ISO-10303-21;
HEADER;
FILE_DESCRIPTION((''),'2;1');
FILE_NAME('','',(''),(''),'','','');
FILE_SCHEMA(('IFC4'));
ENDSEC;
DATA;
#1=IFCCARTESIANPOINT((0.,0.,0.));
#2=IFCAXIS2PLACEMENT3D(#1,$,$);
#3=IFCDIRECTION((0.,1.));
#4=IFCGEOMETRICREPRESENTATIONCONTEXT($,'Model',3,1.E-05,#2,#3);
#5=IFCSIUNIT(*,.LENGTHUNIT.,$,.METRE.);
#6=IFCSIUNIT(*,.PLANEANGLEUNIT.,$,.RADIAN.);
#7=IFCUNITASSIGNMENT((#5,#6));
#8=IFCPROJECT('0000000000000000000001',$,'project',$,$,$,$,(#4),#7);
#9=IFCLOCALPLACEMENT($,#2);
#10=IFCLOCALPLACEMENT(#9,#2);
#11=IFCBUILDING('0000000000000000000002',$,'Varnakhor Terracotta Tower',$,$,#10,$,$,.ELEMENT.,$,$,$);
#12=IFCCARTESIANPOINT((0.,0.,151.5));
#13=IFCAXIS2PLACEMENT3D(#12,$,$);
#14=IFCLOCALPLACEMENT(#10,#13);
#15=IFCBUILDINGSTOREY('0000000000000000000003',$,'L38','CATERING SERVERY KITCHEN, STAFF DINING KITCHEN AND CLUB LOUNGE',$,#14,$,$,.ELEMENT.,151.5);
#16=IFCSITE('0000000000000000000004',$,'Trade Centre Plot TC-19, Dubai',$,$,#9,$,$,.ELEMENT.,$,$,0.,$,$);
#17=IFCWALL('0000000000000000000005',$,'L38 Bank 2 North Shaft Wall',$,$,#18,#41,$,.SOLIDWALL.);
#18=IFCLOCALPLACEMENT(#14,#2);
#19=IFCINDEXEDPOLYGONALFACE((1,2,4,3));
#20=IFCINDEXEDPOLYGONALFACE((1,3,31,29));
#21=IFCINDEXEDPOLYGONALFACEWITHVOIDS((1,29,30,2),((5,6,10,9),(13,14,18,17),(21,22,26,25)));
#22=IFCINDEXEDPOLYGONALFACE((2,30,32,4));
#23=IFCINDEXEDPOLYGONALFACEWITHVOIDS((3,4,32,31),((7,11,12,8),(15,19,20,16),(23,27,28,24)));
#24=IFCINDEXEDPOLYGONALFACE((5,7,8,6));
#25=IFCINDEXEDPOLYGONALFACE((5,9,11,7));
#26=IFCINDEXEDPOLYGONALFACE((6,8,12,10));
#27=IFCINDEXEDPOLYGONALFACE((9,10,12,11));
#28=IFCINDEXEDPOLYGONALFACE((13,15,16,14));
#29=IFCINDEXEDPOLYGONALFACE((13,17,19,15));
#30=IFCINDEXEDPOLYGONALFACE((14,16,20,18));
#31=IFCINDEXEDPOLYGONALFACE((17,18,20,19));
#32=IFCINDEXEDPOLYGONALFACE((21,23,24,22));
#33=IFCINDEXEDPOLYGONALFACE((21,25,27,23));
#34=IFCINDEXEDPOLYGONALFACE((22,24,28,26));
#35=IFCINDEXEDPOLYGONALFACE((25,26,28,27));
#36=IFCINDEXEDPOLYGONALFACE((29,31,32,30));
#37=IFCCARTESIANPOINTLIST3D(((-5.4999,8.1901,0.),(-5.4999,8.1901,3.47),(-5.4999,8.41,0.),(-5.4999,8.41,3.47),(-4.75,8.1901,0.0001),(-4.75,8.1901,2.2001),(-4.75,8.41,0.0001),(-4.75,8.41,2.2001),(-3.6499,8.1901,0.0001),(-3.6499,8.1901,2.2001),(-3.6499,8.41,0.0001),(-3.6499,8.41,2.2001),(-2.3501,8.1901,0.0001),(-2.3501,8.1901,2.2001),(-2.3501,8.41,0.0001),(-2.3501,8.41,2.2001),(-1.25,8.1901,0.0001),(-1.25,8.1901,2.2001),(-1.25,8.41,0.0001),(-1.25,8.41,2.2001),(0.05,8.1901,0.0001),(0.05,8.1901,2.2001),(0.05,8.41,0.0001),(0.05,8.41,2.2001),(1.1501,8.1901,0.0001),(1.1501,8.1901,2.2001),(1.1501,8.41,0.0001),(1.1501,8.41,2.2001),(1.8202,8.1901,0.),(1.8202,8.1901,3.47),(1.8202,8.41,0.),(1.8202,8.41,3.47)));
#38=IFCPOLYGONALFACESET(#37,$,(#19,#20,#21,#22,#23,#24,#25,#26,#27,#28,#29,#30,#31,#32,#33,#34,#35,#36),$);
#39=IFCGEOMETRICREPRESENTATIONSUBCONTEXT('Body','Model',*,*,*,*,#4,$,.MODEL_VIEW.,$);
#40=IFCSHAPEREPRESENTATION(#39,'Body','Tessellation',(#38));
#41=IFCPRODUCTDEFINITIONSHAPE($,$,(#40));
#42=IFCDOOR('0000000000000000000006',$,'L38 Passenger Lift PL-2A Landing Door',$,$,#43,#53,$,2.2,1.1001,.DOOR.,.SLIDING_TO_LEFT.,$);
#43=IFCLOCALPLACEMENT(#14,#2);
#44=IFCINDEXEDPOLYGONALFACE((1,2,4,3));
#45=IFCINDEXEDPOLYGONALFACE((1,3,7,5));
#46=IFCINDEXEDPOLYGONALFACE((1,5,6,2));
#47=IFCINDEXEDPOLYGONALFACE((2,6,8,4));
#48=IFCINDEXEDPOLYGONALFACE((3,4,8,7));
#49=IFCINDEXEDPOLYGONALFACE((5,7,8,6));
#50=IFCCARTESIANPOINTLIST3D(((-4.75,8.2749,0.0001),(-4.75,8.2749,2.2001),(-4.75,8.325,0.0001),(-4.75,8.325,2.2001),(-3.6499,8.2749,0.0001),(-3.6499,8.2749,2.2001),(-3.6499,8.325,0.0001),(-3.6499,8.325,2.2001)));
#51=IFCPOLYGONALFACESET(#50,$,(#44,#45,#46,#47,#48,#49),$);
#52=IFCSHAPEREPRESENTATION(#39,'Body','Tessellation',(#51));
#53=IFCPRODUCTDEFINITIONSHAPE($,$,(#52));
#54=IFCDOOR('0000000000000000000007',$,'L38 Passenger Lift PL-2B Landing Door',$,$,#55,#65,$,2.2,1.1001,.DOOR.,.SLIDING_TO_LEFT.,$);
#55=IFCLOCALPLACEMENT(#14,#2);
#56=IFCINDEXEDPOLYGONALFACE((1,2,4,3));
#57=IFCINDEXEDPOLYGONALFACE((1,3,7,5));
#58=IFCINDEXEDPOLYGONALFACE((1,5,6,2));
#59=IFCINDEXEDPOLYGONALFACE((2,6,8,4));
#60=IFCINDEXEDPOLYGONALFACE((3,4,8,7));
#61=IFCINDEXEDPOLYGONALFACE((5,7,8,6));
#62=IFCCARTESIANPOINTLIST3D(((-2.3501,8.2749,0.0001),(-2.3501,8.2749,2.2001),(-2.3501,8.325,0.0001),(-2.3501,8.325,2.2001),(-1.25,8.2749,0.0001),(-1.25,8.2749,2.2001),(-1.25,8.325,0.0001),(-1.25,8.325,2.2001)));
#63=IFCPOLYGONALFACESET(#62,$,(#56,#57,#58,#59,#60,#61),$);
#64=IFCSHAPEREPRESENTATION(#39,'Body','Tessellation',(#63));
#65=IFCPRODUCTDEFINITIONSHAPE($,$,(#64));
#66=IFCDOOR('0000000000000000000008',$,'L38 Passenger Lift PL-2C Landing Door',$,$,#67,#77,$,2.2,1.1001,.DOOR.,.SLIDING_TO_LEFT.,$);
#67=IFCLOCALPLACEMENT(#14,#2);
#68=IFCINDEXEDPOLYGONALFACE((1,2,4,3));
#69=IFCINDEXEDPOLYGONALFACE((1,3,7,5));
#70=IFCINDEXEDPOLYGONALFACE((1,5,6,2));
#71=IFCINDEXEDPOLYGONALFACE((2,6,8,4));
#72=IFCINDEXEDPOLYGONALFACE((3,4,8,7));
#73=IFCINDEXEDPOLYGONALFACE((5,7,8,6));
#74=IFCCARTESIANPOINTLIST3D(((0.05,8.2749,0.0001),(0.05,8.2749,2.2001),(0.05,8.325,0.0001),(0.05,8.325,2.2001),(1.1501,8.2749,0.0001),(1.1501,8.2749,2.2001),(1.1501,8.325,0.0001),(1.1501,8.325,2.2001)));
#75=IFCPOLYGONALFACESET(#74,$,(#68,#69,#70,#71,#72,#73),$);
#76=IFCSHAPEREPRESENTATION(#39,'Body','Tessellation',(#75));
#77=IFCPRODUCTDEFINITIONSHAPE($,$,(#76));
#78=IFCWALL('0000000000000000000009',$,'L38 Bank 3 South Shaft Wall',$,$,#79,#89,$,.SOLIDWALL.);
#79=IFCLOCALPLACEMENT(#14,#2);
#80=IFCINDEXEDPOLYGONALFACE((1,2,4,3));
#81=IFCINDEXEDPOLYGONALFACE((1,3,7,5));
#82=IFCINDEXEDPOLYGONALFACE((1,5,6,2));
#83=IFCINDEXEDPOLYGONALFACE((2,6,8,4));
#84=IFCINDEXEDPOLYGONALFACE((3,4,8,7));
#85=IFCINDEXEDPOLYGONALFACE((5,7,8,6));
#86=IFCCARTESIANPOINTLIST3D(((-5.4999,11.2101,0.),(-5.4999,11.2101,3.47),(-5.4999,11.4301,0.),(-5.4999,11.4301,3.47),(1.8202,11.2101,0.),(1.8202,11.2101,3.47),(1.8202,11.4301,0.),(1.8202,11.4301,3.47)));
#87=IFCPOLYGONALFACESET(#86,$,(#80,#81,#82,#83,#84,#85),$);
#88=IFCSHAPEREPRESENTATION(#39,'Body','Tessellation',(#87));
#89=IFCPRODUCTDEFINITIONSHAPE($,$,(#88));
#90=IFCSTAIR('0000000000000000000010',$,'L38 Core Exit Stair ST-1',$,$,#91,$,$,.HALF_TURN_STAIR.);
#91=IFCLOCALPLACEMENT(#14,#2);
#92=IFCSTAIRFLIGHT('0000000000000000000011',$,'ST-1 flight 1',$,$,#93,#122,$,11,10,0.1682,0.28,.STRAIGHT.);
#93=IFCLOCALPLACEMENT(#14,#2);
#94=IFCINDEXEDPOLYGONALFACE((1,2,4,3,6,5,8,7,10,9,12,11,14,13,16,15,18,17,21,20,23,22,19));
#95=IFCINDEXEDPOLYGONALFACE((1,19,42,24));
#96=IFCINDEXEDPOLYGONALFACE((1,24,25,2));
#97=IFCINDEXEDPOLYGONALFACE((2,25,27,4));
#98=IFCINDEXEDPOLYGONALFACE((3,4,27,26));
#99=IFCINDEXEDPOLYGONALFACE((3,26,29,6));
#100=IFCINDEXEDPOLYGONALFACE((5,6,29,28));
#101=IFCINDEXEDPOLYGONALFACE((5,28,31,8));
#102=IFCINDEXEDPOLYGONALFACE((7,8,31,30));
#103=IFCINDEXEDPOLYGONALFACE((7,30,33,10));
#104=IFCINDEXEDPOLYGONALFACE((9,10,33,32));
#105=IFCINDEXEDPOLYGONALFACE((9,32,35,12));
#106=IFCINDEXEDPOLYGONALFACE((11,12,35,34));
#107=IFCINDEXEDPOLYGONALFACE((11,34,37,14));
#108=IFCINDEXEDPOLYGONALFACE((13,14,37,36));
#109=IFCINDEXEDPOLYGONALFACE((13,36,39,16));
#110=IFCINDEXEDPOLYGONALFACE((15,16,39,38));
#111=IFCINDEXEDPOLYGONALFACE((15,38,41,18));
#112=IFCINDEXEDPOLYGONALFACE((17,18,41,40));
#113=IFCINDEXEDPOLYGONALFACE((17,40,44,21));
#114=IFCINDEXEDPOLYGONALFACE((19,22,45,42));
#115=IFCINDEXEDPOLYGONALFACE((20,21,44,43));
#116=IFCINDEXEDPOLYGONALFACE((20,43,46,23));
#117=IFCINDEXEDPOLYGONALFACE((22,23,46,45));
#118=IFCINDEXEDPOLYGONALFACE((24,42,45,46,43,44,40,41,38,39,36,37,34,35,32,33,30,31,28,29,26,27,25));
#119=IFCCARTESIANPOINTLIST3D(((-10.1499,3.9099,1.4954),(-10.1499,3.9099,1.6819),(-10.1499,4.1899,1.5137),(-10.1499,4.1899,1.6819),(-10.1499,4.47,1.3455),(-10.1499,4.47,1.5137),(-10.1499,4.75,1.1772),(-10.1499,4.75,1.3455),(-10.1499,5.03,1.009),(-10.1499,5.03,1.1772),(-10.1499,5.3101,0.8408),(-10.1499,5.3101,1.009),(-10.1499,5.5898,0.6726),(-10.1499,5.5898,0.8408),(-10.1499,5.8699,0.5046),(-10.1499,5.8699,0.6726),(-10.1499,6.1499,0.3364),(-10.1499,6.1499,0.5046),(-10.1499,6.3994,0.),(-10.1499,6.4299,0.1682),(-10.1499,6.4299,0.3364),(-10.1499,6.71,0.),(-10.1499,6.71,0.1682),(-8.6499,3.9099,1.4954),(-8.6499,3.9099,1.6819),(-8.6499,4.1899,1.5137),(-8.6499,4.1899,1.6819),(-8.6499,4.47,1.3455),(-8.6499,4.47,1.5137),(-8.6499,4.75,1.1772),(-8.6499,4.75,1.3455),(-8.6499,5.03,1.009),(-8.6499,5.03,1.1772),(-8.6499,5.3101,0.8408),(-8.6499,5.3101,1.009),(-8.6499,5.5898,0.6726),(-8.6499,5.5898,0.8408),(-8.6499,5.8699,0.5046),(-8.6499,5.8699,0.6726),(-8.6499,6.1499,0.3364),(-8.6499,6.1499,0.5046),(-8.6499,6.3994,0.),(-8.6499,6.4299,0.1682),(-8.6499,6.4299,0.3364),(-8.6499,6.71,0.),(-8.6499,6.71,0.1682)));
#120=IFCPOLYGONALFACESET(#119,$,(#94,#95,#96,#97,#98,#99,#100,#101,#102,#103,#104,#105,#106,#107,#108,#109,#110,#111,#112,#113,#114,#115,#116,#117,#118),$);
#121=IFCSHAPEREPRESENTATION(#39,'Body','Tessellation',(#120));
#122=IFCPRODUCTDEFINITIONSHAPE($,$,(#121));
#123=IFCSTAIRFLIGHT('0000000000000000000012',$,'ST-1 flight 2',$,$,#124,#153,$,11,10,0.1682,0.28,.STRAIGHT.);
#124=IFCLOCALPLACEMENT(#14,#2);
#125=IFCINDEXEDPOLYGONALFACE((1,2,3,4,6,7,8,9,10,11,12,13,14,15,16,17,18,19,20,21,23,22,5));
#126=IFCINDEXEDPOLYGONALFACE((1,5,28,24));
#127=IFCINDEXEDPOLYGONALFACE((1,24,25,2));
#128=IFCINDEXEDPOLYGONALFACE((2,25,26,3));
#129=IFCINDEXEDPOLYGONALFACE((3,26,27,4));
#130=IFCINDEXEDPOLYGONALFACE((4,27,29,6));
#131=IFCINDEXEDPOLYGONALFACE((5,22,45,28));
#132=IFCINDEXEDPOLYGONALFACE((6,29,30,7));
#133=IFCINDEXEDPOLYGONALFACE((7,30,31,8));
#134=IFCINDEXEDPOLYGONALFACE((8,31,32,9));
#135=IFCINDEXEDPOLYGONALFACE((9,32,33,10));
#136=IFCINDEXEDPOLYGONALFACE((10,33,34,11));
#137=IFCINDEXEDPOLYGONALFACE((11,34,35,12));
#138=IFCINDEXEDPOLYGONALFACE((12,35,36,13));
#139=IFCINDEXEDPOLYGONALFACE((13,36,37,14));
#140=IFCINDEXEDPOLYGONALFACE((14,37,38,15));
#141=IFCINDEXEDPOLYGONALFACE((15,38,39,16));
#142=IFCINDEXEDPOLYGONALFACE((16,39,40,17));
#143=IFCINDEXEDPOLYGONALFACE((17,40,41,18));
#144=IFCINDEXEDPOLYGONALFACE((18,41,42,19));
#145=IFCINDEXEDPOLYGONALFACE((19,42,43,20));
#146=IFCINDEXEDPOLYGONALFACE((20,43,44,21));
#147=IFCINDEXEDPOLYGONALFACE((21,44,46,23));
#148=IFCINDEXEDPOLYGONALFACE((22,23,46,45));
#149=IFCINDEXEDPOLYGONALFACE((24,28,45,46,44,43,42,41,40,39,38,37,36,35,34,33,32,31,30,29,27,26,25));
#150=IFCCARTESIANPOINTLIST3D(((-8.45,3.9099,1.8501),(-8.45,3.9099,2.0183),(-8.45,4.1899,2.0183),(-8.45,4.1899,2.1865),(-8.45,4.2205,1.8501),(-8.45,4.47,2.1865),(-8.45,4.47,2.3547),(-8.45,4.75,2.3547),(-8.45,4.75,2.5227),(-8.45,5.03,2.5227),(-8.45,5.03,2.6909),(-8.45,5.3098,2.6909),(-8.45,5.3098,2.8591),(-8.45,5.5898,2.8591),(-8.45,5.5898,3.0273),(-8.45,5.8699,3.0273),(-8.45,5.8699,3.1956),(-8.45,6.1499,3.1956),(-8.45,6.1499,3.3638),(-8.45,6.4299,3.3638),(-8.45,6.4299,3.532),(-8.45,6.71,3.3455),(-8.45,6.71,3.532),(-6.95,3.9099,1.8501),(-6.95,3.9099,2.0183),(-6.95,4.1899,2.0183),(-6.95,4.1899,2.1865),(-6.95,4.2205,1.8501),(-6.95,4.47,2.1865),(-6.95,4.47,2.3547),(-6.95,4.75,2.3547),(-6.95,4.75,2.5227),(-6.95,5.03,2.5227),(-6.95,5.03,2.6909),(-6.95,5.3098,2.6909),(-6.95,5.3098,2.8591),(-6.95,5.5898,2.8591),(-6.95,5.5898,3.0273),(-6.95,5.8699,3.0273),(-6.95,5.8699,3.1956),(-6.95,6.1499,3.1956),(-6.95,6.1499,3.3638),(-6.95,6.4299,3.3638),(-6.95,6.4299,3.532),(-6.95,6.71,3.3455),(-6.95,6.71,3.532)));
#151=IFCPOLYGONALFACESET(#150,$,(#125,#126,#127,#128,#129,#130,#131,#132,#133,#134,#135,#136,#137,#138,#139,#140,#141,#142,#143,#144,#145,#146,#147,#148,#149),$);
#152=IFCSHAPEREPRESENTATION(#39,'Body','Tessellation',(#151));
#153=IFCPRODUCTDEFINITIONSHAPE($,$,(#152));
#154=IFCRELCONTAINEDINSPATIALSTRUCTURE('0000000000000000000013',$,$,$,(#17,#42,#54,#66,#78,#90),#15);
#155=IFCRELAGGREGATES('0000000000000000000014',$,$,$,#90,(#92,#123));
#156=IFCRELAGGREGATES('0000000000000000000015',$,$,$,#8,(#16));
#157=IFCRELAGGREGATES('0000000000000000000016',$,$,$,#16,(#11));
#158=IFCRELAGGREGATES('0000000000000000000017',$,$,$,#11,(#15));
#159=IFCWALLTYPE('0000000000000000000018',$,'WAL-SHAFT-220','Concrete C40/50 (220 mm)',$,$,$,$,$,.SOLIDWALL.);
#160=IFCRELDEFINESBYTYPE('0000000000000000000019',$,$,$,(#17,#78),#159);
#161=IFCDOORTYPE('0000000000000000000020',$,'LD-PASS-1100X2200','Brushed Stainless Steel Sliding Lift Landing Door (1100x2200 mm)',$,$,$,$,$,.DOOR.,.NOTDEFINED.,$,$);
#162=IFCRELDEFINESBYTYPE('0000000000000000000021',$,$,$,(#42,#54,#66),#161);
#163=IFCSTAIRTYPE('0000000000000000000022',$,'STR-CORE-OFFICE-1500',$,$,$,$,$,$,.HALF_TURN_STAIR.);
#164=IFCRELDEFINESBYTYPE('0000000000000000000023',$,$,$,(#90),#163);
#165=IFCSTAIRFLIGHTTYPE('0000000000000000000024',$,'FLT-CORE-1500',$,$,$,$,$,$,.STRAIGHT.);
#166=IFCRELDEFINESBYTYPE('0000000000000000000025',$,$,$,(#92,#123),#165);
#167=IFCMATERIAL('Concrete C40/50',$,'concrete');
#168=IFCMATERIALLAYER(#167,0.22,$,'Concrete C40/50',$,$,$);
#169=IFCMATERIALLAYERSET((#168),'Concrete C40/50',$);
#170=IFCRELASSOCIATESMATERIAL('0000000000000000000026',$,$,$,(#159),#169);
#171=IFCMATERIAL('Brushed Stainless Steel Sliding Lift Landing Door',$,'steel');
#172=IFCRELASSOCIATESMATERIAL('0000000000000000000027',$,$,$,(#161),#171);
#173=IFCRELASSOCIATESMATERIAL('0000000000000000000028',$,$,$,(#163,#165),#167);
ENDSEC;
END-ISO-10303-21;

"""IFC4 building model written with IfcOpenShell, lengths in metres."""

from ifc_helpers import new_model, si_unit, direction, frame, frame_2d, origin, place, context, subcontext, project, spatial, polyline, rectangle, outline, extrude, source, transform, mapped, material, layer, layer_set, type_object, type_shapes, element, fill, aggregate, save


model = new_model("IFC4")

# Units and contexts
model_context = context("Model", 3, precision=1e-05, world=origin(), true_north=direction((0.0, 1.0)))
body_context = subcontext(model_context, "Body", "Model", "MODEL_VIEW")
ifc_project = project(units=[si_unit("LENGTHUNIT", "METRE"), si_unit("PLANEANGLEUNIT", "RADIAN")], contexts=[model_context])

# Site, building, storey
site_placement = place(None, origin())
site = spatial("IfcSite", under=ifc_project, at=site_placement, Name="Trade Centre Plot TC-19, Dubai", CompositionType="ELEMENT", RefElevation=0.0)
building_placement = place(site_placement, origin())
building = spatial("IfcBuilding", under=site, at=building_placement, Name="Varnakhor Terracotta Tower", CompositionType="ELEMENT")
storey_placement = place(building_placement, frame((0.0, 0.0, 151.5)))
storey = spatial("IfcBuildingStorey", under=building, at=storey_placement, Name="L38", Description="CATERING SERVERY KITCHEN, STAFF DINING KITCHEN AND CLUB LOUNGE", CompositionType="ELEMENT", Elevation=151.5)

# Shared definitions
ifc_material_1 = material(Name="Concrete C40/50", Category="concrete")

# Shared definitions
ifc_layer_1 = layer(ifc_material_1, 0.22, Name="Concrete C40/50")
ifc_layer_set_1 = layer_set([ifc_layer_1], Name="Concrete C40/50")
wall_type_1 = type_object("IfcWallType", Name="WAL-SHAFT-220", Description="Concrete C40/50 (220 mm)", PredefinedType="SOLIDWALL", material=ifc_layer_set_1)

# Wall, openings, doors
wall_1_placement = place(storey_placement, frame((-5.5, 8.3, 0.0), z_axis=(0.0, 0.0, 1.0), x_axis=(1.0, 0.0, 0.0)))
wall_1 = element("IfcWall", 1, at=wall_1_placement, inside=storey, type_object=wall_type_1, Name="L38 Bank 2 North Shaft Wall", PredefinedType="SOLIDWALL", context=body_context, shape_type="SweptSolid", body=[
    extrude(rectangle(XDim=7.3201, YDim=0.22, at=frame_2d((3.6602, 0.0))), origin(), (0.0, 0.0, 1.0), 3.47),
])
opening_1_placement = place(wall_1_placement, frame((0.75, 0.0, 0.0)))
opening_1 = element("IfcOpeningElement", 2, at=opening_1_placement, cuts=wall_1, PredefinedType="OPENING", context=body_context, shape_type="SweptSolid", body=[
    extrude(rectangle(XDim=1.1001, YDim=2.2, at=frame_2d((0.55, 1.1001))), frame((0.0, 0.1201, 0.0), z_axis=(0.0, -1.0, 0.0), x_axis=(1.0, 0.0, 0.0)), (0.0, 0.0, 1.0), 0.24),
])
opening_2_placement = place(wall_1_placement, frame((3.1499, 0.0, 0.0)))
opening_2 = element("IfcOpeningElement", 3, at=opening_2_placement, cuts=wall_1, PredefinedType="OPENING", context=body_context, shape_type="SweptSolid", body=[
    extrude(rectangle(XDim=1.1001, YDim=2.2, at=frame_2d((0.55, 1.1001))), frame((0.0, 0.1201, 0.0), z_axis=(0.0, -1.0, 0.0), x_axis=(1.0, 0.0, 0.0)), (0.0, 0.0, 1.0), 0.24),
])
opening_3_placement = place(wall_1_placement, frame((5.55, 0.0, 0.0)))
opening_3 = element("IfcOpeningElement", 4, at=opening_3_placement, cuts=wall_1, PredefinedType="OPENING", context=body_context, shape_type="SweptSolid", body=[
    extrude(rectangle(XDim=1.1001, YDim=2.2, at=frame_2d((0.55, 1.1001))), frame((0.0, 0.1201, 0.0), z_axis=(0.0, -1.0, 0.0), x_axis=(1.0, 0.0, 0.0)), (0.0, 0.0, 1.0), 0.24),
])
ifc_material_2 = material(Name="Brushed Stainless Steel Sliding Lift Landing Door", Category="steel")
door_type_1 = type_object("IfcDoorType", Name="LD-PASS-1100X2200", Description="Brushed Stainless Steel Sliding Lift Landing Door (1100x2200 mm)", OperationType="NOTDEFINED", PredefinedType="DOOR", material=ifc_material_2)
shared_shape_1 = source(origin(), body_context, "Body", "SweptSolid", [
    extrude(rectangle(XDim=1.1001, YDim=2.2, at=frame_2d((0.55, 1.1001))), frame((0.0, 0.0249, 0.0), z_axis=(0.0, -1.0, 0.0), x_axis=(1.0, 0.0, 0.0)), (0.0, 0.0, 1.0), 0.05),
])
type_shapes(door_type_1, [shared_shape_1])
door_1_placement = place(opening_1_placement, origin())
door_1 = element("IfcDoor", 5, at=door_1_placement, inside=storey, type_object=door_type_1, Name="L38 Passenger Lift PL-2A Landing Door", OperationType="SLIDING_TO_LEFT", OverallHeight=2.2, OverallWidth=1.1001, PredefinedType="DOOR", context=body_context, shape_type="MappedRepresentation", body=[
    mapped(shared_shape_1, transform((0.0, 0.0, 0.0), scale=1.0)),
])
fill(opening_1, door_1)
door_2_placement = place(opening_2_placement, origin())
door_2 = element("IfcDoor", 6, at=door_2_placement, inside=storey, type_object=door_type_1, Name="L38 Passenger Lift PL-2B Landing Door", OperationType="SLIDING_TO_LEFT", OverallHeight=2.2, OverallWidth=1.1001, PredefinedType="DOOR", context=body_context, shape_type="MappedRepresentation", body=[
    mapped(shared_shape_1, transform((0.0, 0.0, 0.0), scale=1.0)),
])
fill(opening_2, door_2)
door_3_placement = place(opening_3_placement, origin())
door_3 = element("IfcDoor", 7, at=door_3_placement, inside=storey, type_object=door_type_1, Name="L38 Passenger Lift PL-2C Landing Door", OperationType="SLIDING_TO_LEFT", OverallHeight=2.2, OverallWidth=1.1001, PredefinedType="DOOR", context=body_context, shape_type="MappedRepresentation", body=[
    mapped(shared_shape_1, transform((0.0, 0.0, 0.0), scale=1.0)),
])
fill(opening_3, door_3)

# Wall
wall_2_placement = place(storey_placement, frame((-5.5, 11.3201, 0.0), z_axis=(0.0, 0.0, 1.0), x_axis=(1.0, 0.0, 0.0)))
element("IfcWall", 8, at=wall_2_placement, inside=storey, type_object=wall_type_1, Name="L38 Bank 3 South Shaft Wall", PredefinedType="SOLIDWALL", context=body_context, shape_type="SweptSolid", body=[
    extrude(rectangle(XDim=7.3201, YDim=0.22, at=frame_2d((3.6602, 0.0))), origin(), (0.0, 0.0, 1.0), 3.47),
])

# Stair, stair flights
stair_type = type_object("IfcStairType", Name="STR-CORE-OFFICE-1500", PredefinedType="HALF_TURN_STAIR", material=ifc_material_1)
stair_placement = place(storey_placement, origin())
stair = element("IfcStair", 9, at=stair_placement, inside=storey, type_object=stair_type, Name="L38 Core Exit Stair ST-1", PredefinedType="HALF_TURN_STAIR")
stair_flight_type = type_object("IfcStairFlightType", Name="FLT-CORE-1500", PredefinedType="STRAIGHT", material=ifc_material_1)
stair_flight_1_placement = place(storey_placement, frame((-9.3999, 6.71, 0.0), z_axis=(0.0, 0.0, 1.0), x_axis=(0.0, -1.0, 0.0)))
stair_flight_1 = element("IfcStairFlight", 10, at=stair_flight_1_placement, type_object=stair_flight_type, Name="ST-1 flight 1", NumberOfRisers=11, NumberOfTreads=10, PredefinedType="STRAIGHT", RiserHeight=0.1682, TreadLength=0.28, context=body_context, shape_type="SweptSolid", body=[
    extrude(outline(polyline([(0.0, 0.0), (0.0, 0.1682), (0.28, 0.1682), (0.28, 0.3364), (0.5601, 0.3364), (0.5601, 0.5046), (0.8401, 0.5046), (0.8401, 0.6726), (1.1201, 0.6726), (1.1201, 0.8408), (1.3999, 0.8408), (1.3999, 1.009), (1.6799, 1.009), (1.6799, 1.1772), (1.96, 1.1772), (1.96, 1.3455), (2.24, 1.3455), (2.24, 1.5137), (2.52, 1.5137), (2.52, 1.6819), (2.8, 1.6819), (2.8, 1.8501), (2.8, 1.4954), (0.3105, 0.0), (0.0, 0.0)])), frame((0.0, 0.75, 0.0), z_axis=(0.0, -1.0, 0.0), x_axis=(1.0, 0.0, 0.0)), (0.0, 0.0, 1.0), 1.5),
])
stair_flight_2_placement = place(storey_placement, frame((-7.7, 3.9099, 1.8501), z_axis=(0.0, 0.0, 1.0), x_axis=(0.0, 1.0, 0.0)))
stair_flight_2 = element("IfcStairFlight", 11, at=stair_flight_2_placement, type_object=stair_flight_type, Name="ST-1 flight 2", NumberOfRisers=11, NumberOfTreads=10, PredefinedType="STRAIGHT", RiserHeight=0.1682, TreadLength=0.28, context=body_context, shape_type="SweptSolid", body=[
    extrude(outline(polyline([(0.0, 0.0), (0.0, 0.1682), (0.28, 0.1682), (0.28, 0.3364), (0.5601, 0.3364), (0.5601, 0.5046), (0.8401, 0.5046), (0.8401, 0.6726), (1.1201, 0.6726), (1.1201, 0.8408), (1.3999, 0.8408), (1.3999, 1.009), (1.6799, 1.009), (1.6799, 1.1772), (1.96, 1.1772), (1.96, 1.3455), (2.24, 1.3455), (2.24, 1.5137), (2.52, 1.5137), (2.52, 1.6819), (2.8, 1.6819), (2.8, 1.8501), (2.8, 1.4954), (0.3105, 0.0), (0.0, 0.0)])), frame((0.0, 0.75, 0.0), z_axis=(0.0, -1.0, 0.0), x_axis=(1.0, 0.0, 0.0)), (0.0, 0.0, 1.0), 1.5),
])
aggregate(stair, [stair_flight_1, stair_flight_2])

save(model, "model.ifc")
